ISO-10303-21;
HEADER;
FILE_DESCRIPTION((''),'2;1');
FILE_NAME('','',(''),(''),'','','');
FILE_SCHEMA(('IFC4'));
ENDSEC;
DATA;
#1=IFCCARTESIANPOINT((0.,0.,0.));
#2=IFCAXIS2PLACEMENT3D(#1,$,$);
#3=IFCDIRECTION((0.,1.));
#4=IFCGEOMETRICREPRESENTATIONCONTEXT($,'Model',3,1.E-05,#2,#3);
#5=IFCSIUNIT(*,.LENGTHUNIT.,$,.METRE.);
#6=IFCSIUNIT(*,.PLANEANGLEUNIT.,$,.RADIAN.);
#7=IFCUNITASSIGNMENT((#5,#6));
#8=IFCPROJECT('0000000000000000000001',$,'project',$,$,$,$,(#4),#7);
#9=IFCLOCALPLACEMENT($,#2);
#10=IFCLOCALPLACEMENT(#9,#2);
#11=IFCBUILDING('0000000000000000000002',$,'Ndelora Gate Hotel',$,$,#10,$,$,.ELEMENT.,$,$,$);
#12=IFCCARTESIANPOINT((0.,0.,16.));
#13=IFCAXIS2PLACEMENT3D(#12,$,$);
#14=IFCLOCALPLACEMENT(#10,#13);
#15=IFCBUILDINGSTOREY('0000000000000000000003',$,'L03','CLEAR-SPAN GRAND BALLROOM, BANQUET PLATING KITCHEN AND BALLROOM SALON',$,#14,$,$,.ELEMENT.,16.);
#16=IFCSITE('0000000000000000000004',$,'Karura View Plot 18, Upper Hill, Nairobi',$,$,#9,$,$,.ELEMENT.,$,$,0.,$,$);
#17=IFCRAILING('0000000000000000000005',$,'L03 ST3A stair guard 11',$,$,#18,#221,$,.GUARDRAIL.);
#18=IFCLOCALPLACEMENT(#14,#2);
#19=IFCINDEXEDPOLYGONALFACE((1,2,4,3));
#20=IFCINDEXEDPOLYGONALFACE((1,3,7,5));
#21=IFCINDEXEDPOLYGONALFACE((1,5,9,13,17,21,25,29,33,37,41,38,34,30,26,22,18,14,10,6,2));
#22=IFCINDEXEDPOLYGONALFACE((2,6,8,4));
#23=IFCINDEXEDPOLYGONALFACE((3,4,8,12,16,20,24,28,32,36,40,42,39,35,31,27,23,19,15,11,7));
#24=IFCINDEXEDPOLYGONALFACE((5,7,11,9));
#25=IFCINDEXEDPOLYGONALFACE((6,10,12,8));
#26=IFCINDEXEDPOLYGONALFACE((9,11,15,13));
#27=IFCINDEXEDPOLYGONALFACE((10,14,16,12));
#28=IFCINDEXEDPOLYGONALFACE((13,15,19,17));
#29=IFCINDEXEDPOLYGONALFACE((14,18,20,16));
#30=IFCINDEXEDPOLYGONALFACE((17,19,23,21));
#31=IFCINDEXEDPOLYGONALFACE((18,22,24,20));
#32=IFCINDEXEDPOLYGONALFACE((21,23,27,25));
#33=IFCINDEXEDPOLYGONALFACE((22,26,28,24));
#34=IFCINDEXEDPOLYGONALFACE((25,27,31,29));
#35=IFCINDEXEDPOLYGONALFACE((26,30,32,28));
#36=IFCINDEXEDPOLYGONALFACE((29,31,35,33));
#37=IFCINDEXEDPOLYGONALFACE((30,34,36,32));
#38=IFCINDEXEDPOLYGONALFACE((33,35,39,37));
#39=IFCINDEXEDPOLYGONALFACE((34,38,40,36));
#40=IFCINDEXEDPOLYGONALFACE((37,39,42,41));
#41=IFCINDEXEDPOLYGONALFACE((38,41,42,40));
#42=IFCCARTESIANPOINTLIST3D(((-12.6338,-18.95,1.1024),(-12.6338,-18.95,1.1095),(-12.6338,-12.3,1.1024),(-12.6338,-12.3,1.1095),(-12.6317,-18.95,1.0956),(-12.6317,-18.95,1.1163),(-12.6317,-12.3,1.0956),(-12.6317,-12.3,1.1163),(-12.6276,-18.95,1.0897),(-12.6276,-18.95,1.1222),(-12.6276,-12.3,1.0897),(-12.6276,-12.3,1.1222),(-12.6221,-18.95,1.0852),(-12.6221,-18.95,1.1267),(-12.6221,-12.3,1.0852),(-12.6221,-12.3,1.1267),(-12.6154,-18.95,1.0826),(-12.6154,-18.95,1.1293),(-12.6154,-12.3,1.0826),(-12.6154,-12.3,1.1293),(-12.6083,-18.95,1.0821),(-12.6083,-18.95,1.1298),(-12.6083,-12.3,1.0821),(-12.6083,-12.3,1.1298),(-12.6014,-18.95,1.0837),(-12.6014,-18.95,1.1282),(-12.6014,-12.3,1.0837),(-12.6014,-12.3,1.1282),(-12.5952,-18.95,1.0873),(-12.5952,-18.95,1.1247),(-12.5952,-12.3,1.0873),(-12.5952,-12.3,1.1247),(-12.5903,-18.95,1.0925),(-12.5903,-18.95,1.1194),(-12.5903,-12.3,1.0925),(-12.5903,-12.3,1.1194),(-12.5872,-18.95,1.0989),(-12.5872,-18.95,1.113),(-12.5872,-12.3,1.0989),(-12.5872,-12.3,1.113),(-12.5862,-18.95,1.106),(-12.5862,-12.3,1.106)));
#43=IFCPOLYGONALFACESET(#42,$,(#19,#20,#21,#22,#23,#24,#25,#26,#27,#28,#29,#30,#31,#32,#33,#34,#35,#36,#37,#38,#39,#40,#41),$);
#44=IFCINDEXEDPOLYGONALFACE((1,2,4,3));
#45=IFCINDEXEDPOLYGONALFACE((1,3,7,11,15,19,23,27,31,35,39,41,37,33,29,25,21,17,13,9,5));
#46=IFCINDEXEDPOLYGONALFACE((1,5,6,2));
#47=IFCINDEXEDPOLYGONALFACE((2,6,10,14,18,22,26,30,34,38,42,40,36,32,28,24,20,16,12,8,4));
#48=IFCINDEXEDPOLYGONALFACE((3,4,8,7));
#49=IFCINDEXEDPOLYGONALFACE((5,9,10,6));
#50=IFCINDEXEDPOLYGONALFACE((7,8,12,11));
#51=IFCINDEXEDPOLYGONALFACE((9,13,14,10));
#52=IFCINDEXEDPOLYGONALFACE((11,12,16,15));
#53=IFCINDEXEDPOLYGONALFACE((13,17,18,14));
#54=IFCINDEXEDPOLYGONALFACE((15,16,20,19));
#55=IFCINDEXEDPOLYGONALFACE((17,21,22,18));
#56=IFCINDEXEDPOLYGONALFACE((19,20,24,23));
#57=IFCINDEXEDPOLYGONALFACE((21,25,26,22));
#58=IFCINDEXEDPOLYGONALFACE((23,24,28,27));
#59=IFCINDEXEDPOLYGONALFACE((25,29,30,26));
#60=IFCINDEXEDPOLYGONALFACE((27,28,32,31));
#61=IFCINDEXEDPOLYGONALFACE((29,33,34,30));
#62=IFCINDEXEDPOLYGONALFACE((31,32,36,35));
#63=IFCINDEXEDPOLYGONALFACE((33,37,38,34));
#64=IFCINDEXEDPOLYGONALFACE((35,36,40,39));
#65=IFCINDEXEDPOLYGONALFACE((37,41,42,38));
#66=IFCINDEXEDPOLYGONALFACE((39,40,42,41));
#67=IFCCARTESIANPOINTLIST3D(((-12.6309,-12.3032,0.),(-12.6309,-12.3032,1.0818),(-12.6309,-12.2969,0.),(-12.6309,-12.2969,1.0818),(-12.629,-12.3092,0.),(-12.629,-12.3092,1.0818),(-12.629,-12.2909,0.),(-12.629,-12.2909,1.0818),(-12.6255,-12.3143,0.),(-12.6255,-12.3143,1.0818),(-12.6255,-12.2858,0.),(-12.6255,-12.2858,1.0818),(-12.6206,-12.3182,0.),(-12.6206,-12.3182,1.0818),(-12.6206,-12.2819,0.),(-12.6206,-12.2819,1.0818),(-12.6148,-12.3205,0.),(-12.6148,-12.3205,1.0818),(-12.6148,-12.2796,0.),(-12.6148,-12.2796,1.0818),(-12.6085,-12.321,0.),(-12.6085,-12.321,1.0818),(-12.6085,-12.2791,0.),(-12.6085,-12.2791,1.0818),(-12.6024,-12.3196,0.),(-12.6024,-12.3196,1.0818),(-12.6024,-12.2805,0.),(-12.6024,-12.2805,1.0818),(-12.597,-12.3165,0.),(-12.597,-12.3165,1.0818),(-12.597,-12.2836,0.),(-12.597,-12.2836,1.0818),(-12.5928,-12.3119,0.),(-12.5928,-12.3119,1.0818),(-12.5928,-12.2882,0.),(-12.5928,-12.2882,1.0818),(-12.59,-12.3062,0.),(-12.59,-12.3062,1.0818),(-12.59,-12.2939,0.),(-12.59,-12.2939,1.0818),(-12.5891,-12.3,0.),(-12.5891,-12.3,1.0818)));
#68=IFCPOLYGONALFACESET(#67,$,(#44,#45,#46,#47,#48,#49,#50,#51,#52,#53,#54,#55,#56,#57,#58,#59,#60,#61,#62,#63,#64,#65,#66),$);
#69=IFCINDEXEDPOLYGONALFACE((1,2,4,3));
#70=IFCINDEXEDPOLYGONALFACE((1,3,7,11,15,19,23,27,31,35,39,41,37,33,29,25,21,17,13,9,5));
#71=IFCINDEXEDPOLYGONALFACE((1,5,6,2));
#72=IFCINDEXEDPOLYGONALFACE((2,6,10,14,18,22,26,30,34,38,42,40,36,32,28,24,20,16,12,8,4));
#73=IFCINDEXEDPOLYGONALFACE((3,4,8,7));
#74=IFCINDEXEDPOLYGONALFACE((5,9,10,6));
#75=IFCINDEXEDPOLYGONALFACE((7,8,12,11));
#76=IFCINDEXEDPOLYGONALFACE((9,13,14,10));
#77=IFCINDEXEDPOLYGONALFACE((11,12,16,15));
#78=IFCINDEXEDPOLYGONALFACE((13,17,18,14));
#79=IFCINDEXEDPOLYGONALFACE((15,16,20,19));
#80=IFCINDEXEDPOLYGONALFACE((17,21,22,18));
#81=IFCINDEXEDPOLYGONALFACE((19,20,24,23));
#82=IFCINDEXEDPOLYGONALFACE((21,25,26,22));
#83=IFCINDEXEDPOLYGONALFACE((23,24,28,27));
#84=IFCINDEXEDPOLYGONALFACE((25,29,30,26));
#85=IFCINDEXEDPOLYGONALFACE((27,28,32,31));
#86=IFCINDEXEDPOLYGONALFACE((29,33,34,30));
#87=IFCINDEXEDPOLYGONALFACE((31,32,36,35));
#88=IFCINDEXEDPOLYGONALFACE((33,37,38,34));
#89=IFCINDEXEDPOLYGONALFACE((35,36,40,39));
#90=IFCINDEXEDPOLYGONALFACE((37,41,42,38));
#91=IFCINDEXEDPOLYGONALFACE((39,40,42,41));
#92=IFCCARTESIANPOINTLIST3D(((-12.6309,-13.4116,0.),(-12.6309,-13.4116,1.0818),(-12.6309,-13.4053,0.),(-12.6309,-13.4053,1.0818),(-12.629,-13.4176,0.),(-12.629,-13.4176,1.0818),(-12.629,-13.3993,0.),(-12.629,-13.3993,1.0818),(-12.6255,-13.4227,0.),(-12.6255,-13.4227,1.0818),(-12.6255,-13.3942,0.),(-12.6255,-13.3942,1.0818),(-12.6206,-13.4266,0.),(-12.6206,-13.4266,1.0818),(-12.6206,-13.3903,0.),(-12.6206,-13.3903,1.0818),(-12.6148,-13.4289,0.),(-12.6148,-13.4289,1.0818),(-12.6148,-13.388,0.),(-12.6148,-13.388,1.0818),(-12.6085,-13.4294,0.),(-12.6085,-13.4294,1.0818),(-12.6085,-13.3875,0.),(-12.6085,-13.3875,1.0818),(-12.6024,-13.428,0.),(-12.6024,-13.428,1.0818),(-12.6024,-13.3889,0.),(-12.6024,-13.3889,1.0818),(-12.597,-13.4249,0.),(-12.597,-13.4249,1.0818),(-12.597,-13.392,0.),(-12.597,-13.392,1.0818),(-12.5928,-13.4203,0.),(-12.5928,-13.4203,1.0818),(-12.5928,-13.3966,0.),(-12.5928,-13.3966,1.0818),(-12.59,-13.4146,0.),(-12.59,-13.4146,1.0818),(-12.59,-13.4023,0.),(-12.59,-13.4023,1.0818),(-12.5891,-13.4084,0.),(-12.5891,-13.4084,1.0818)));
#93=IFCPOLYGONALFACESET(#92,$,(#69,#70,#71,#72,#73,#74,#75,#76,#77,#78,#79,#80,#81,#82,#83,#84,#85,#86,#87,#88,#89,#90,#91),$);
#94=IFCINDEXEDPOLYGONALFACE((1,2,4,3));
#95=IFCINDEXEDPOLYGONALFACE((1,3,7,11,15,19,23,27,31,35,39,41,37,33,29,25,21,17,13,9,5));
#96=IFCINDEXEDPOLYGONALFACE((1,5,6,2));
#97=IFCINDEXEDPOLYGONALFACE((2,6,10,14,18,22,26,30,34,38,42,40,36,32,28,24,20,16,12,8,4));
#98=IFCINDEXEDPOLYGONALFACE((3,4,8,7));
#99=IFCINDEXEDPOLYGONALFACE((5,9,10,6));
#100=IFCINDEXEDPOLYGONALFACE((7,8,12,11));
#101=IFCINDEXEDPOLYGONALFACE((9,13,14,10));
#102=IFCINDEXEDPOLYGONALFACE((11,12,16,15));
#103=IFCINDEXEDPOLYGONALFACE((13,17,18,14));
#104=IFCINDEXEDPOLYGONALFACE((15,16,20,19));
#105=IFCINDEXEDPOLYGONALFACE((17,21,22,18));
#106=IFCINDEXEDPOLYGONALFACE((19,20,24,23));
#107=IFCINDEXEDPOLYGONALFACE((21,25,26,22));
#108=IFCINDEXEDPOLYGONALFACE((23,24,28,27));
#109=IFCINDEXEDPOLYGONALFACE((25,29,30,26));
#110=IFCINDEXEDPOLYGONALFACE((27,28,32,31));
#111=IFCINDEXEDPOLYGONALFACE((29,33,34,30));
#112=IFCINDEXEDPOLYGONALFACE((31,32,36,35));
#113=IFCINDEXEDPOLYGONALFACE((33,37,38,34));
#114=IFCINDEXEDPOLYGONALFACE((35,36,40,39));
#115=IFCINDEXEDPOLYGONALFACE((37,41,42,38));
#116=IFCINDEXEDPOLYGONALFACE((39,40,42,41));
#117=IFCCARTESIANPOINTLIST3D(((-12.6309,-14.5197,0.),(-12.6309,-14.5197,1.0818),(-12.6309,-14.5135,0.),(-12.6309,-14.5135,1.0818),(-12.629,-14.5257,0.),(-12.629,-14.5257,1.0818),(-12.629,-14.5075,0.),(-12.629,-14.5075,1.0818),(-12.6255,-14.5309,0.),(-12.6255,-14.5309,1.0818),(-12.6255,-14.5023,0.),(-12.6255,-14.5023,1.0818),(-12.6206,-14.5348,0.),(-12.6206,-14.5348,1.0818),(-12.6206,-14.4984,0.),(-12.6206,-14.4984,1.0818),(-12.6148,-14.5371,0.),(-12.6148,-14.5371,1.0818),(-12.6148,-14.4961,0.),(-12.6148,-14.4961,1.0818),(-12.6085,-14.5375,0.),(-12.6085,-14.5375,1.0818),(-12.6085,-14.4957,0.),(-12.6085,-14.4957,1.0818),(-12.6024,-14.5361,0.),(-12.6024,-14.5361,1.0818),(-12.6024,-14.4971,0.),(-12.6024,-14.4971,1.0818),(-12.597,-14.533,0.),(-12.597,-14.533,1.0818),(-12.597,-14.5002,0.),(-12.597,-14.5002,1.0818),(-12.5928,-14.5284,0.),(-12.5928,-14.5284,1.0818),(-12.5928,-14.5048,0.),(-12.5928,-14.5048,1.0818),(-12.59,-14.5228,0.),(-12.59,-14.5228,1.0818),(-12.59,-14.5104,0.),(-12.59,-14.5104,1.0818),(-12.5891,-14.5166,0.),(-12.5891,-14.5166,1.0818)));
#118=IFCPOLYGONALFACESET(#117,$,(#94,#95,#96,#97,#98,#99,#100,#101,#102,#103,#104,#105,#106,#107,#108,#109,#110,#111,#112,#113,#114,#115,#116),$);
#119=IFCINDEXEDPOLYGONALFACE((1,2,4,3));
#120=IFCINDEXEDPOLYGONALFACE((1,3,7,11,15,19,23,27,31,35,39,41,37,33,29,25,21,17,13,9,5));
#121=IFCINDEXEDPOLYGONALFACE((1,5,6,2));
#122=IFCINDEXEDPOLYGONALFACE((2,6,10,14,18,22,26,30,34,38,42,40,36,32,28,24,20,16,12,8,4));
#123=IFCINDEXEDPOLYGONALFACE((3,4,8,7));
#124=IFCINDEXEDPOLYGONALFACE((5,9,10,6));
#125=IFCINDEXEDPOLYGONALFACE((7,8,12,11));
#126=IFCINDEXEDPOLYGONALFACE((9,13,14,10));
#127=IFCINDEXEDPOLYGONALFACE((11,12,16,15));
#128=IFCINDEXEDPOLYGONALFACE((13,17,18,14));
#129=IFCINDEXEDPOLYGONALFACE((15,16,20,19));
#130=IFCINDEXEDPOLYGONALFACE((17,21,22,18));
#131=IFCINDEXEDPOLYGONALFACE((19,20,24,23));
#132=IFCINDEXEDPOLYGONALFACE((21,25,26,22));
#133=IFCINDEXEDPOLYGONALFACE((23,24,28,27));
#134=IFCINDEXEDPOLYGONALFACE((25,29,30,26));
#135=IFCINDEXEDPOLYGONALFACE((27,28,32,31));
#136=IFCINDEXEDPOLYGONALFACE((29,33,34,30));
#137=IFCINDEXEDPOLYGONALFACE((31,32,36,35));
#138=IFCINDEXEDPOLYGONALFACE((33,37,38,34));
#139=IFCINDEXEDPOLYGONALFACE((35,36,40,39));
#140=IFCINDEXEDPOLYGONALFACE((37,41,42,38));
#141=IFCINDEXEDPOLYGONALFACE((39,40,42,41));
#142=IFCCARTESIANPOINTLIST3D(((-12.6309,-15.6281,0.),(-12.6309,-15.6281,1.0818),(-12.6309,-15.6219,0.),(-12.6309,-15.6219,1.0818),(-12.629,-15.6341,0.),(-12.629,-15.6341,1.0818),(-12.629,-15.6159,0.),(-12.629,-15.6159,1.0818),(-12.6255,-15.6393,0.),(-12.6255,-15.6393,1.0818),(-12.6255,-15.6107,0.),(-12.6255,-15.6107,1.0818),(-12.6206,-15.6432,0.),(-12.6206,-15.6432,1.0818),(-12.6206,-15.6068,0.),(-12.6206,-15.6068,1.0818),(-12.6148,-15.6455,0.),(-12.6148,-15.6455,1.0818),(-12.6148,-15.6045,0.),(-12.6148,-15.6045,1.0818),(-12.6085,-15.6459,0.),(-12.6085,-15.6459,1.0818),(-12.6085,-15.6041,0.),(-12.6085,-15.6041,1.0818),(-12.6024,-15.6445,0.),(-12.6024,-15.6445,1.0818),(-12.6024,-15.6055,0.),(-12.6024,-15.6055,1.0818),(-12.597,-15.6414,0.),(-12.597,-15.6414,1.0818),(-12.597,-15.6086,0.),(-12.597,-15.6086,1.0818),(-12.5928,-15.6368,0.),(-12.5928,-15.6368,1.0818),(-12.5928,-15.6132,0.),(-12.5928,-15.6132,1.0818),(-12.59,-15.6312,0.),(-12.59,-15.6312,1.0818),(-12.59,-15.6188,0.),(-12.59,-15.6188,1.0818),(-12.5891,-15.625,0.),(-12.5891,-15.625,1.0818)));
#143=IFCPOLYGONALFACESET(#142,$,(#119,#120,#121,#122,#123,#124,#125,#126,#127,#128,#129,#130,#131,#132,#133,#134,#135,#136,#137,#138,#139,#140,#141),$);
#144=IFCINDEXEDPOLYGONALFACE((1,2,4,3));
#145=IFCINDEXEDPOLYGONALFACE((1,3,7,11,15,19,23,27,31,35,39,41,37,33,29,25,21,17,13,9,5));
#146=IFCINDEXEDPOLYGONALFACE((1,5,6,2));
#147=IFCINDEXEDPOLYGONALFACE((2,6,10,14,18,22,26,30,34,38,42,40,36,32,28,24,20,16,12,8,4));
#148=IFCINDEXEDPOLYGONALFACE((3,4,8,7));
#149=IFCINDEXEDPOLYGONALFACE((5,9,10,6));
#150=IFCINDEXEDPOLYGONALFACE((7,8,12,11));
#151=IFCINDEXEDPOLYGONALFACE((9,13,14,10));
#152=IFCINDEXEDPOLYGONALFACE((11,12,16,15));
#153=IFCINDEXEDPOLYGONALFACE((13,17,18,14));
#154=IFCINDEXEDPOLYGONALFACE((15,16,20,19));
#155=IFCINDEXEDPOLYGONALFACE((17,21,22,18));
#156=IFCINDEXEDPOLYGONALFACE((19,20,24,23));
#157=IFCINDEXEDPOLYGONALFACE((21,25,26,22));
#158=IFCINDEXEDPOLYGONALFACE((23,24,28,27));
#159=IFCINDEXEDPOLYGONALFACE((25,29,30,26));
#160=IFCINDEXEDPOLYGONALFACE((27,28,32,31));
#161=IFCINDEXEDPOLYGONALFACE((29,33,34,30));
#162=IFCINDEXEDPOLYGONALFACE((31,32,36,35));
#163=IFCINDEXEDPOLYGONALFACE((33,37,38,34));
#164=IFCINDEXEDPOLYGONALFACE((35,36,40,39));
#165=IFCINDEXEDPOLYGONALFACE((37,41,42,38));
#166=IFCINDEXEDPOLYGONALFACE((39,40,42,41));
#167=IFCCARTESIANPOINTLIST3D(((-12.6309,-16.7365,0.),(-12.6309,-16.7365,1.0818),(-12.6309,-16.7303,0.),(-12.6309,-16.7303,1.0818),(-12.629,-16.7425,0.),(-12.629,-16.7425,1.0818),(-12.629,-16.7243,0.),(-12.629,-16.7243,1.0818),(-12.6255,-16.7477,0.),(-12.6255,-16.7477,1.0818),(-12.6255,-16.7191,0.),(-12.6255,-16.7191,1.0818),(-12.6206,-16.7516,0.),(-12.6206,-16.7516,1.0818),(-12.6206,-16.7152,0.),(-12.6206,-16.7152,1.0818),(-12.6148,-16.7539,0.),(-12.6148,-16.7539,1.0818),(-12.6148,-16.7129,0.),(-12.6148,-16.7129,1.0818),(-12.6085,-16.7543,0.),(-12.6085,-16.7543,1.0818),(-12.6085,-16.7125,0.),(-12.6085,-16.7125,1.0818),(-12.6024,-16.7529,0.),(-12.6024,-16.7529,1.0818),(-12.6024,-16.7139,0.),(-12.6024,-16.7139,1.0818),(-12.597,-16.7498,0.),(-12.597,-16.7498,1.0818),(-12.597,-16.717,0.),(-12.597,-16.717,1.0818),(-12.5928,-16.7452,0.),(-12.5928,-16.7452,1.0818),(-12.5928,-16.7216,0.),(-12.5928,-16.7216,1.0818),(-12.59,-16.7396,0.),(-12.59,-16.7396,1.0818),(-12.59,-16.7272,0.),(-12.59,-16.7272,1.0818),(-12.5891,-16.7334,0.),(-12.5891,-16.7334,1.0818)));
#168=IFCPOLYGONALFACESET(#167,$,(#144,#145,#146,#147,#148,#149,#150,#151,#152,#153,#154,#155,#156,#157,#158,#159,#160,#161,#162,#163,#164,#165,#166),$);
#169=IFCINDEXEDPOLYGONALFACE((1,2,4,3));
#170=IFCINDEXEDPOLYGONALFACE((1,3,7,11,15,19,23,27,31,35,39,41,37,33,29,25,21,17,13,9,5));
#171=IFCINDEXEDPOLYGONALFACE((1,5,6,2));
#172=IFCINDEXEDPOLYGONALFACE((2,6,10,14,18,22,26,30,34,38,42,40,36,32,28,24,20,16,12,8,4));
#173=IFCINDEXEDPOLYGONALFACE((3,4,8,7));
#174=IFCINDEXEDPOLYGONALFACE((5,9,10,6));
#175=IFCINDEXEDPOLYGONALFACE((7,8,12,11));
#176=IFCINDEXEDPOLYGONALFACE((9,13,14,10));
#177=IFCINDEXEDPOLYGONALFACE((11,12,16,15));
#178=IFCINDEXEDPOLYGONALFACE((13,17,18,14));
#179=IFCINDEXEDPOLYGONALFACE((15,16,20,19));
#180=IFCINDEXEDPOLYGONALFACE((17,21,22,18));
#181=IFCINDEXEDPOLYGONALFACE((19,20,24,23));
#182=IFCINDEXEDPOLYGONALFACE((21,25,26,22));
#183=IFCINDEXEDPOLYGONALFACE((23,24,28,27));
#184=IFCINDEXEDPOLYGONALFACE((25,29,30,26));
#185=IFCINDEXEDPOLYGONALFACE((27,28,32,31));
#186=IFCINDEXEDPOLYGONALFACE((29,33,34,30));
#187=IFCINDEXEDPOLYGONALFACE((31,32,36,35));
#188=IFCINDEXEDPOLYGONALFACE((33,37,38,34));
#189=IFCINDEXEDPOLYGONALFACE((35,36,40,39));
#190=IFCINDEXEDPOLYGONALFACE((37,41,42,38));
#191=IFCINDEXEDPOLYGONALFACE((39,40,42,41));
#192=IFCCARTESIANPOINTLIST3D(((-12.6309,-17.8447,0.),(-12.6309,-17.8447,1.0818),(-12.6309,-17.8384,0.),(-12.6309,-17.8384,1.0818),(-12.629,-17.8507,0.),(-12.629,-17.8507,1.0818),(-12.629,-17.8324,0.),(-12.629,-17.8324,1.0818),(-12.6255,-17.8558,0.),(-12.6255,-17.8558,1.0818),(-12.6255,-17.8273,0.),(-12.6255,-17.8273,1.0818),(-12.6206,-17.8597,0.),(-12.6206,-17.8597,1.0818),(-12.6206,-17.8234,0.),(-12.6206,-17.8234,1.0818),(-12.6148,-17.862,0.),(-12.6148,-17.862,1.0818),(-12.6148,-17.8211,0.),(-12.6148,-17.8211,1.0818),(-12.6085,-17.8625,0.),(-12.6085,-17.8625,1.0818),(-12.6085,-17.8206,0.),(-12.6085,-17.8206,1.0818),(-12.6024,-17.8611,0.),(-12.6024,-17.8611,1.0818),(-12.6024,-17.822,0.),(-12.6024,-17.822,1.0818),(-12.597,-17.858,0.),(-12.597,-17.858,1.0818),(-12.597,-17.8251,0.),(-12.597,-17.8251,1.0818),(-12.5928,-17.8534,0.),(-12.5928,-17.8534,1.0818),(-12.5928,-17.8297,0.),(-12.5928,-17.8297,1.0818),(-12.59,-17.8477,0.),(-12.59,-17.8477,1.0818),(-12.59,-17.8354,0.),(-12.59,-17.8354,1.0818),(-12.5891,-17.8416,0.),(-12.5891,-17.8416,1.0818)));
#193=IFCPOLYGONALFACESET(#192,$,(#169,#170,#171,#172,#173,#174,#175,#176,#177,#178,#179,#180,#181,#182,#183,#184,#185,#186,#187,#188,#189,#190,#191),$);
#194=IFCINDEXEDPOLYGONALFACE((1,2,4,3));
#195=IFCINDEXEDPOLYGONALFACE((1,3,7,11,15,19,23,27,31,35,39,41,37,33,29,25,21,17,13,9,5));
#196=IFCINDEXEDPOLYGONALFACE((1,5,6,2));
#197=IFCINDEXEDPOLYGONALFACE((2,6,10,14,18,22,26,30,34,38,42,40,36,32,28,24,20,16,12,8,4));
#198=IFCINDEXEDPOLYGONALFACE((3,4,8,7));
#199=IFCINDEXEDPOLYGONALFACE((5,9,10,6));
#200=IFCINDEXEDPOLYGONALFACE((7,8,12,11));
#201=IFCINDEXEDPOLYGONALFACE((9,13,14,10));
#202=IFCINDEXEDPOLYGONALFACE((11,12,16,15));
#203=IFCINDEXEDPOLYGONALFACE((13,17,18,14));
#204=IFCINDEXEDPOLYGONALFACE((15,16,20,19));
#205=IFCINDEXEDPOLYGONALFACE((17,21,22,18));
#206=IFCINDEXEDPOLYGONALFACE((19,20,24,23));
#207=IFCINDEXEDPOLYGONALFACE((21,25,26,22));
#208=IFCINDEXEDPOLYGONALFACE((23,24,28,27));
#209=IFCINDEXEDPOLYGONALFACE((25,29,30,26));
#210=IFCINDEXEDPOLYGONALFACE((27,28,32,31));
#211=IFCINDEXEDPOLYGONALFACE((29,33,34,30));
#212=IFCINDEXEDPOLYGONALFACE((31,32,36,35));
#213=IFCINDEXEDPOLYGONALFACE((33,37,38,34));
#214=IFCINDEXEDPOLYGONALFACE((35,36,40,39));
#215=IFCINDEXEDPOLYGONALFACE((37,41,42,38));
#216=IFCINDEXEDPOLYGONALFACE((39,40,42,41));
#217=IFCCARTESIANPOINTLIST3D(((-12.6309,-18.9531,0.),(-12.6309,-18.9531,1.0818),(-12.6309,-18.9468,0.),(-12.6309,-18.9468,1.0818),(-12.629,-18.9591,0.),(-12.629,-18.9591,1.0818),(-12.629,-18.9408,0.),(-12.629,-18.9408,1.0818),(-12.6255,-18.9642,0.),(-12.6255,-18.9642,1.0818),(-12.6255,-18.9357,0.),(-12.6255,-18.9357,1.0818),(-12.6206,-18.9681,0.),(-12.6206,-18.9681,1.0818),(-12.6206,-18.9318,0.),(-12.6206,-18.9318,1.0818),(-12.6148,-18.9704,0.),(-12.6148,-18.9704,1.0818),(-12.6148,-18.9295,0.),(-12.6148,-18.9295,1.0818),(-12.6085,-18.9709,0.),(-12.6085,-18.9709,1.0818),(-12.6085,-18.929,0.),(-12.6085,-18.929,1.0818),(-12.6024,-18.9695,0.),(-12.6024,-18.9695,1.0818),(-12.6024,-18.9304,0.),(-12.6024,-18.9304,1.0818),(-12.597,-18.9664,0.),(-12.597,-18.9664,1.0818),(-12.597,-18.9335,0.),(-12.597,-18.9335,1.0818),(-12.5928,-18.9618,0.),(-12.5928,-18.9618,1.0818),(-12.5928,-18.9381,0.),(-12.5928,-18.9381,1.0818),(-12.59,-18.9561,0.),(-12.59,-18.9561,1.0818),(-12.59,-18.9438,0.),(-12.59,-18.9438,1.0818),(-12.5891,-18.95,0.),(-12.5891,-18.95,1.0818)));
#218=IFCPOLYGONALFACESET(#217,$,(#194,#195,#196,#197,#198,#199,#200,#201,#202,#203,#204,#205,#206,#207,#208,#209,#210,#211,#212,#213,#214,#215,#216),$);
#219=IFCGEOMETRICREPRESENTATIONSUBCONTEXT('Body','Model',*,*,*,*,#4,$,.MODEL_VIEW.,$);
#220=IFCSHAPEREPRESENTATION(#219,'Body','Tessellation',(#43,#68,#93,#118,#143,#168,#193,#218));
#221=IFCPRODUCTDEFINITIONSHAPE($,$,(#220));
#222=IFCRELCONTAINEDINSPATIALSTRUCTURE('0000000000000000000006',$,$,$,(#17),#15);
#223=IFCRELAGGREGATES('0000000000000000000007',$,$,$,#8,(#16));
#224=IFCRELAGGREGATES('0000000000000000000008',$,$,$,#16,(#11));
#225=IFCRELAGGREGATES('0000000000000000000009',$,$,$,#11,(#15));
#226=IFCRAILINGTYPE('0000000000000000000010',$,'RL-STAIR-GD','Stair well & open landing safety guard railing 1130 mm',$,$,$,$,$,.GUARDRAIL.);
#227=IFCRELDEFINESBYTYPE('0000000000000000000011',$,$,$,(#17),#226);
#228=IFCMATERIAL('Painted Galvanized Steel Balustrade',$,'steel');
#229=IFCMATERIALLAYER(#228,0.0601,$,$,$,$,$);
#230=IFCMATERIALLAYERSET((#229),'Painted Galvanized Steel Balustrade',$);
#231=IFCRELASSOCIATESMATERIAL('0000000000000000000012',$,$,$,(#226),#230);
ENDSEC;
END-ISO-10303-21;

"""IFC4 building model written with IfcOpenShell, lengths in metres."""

from ifc_helpers import new_model, si_unit, direction, frame, origin, origin_2d, place, context, subcontext, project, spatial, circle, extrude, material, layer, layer_set, type_object, element, save


model = new_model("IFC4")

# Units and contexts
model_context = context("Model", 3, precision=1e-05, world=origin(), true_north=direction((0.0, 1.0)))
body_context = subcontext(model_context, "Body", "Model", "MODEL_VIEW")
ifc_project = project(units=[si_unit("LENGTHUNIT", "METRE"), si_unit("PLANEANGLEUNIT", "RADIAN")], contexts=[model_context])

# Site, building, storey
site_placement = place(None, origin())
site = spatial("IfcSite", under=ifc_project, at=site_placement, Name="Karura View Plot 18, Upper Hill, Nairobi", CompositionType="ELEMENT", RefElevation=0.0)
building_placement = place(site_placement, origin())
building = spatial("IfcBuilding", under=site, at=building_placement, Name="Ndelora Gate Hotel", CompositionType="ELEMENT")
storey_placement = place(building_placement, frame((0.0, 0.0, 16.0)))
storey = spatial("IfcBuildingStorey", under=building, at=storey_placement, Name="L03", Description="CLEAR-SPAN GRAND BALLROOM, BANQUET PLATING KITCHEN AND BALLROOM SALON", CompositionType="ELEMENT", Elevation=16.0)

# Railing
ifc_material_1 = material(Name="Painted Galvanized Steel Balustrade", Category="steel")
ifc_layer_1 = layer(ifc_material_1, 0.0601)
ifc_layer_set_1 = layer_set([ifc_layer_1], Name="Painted Galvanized Steel Balustrade")
railing_type_1 = type_object("IfcRailingType", Name="RL-STAIR-GD", Description="Stair well & open landing safety guard railing 1130 mm", PredefinedType="GUARDRAIL", material=ifc_layer_set_1)
railing_1_placement = place(storey_placement, frame((-12.6101, -12.3, 0.0)))
element("IfcRailing", 1, at=railing_1_placement, inside=storey, type_object=railing_type_1, Name="L03 ST3A stair guard 11", PredefinedType="GUARDRAIL", context=body_context, shape_type="SweptSolid", body=[
    extrude(circle(Radius=0.0239, at=origin_2d()), frame((0.0, 0.0, 1.106), z_axis=(0.0, -1.0, 0.0), x_axis=(1.0, 0.0, 0.0)), (0.0, 0.0, 1.0), 6.6499),
    extrude(circle(Radius=0.021, at=origin_2d()), origin(), (0.0, 0.0, 1.0), 1.0818),
    extrude(circle(Radius=0.021, at=origin_2d()), frame((0.0, -1.1084, 0.0)), (0.0, 0.0, 1.0), 1.0818),
    extrude(circle(Radius=0.021, at=origin_2d()), frame((0.0, -2.2166, 0.0)), (0.0, 0.0, 1.0), 1.0818),
    extrude(circle(Radius=0.021, at=origin_2d()), frame((0.0, -3.325, 0.0)), (0.0, 0.0, 1.0), 1.0818),
    extrude(circle(Radius=0.021, at=origin_2d()), frame((0.0, -4.4333, 0.0)), (0.0, 0.0, 1.0), 1.0818),
    extrude(circle(Radius=0.021, at=origin_2d()), frame((0.0, -5.5415, 0.0)), (0.0, 0.0, 1.0), 1.0818),
    extrude(circle(Radius=0.021, at=origin_2d()), frame((0.0, -6.6499, 0.0)), (0.0, 0.0, 1.0), 1.0818),
])

save(model, "model.ifc")
